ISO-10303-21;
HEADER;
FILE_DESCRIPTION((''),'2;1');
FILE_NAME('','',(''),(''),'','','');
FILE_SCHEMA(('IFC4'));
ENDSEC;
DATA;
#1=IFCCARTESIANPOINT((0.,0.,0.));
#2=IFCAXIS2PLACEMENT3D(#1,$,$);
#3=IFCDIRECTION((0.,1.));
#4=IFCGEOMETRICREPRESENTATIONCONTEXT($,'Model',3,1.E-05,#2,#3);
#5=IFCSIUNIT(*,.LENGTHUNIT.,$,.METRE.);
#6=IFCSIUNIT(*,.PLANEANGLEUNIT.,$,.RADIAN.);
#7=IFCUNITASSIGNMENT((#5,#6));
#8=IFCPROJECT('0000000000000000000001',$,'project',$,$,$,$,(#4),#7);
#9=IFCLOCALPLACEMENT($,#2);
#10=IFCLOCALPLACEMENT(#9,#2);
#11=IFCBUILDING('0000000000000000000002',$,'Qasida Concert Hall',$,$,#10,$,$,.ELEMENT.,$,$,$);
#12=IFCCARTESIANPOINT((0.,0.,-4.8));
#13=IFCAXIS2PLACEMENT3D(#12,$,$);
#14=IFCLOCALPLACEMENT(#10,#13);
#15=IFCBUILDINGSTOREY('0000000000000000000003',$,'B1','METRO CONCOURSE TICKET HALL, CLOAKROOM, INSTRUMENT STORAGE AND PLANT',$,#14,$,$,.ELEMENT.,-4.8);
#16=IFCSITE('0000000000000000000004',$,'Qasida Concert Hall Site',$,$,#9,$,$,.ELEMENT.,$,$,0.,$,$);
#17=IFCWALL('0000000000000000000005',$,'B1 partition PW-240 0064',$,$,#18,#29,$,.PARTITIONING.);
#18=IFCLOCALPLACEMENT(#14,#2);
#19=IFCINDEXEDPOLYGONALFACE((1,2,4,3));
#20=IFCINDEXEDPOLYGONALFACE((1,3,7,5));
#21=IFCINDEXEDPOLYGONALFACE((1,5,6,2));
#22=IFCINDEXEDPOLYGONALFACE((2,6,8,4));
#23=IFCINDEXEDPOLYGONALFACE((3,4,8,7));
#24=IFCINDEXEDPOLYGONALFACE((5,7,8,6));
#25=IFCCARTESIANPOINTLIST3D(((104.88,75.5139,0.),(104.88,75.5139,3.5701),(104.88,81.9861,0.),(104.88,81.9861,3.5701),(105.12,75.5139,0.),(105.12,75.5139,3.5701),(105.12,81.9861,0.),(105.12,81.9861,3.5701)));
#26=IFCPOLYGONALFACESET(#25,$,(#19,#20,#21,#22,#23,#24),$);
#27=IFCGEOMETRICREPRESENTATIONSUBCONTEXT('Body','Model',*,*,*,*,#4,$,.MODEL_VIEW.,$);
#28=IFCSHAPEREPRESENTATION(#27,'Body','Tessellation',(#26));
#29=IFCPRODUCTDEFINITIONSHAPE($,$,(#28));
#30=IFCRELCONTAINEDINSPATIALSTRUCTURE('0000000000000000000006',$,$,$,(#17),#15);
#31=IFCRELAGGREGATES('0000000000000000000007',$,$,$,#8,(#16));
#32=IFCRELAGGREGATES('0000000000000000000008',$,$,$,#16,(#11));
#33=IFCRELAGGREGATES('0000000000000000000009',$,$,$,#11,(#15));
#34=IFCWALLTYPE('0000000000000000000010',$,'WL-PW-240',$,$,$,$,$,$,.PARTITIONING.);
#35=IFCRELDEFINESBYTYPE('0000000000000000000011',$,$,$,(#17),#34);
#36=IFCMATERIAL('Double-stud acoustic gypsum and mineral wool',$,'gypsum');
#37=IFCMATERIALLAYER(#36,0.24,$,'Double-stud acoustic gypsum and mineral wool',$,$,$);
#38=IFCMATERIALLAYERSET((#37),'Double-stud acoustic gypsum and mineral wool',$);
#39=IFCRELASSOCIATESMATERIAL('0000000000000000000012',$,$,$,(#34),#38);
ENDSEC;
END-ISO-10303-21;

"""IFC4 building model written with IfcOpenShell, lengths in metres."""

from ifc_helpers import new_model, si_unit, direction, frame, frame_2d, origin, place, context, subcontext, project, spatial, rectangle, extrude, material, layer, layer_set, type_object, element, save


model = new_model("IFC4")

# Units and contexts
model_context = context("Model", 3, precision=1e-05, world=origin(), true_north=direction((0.0, 1.0)))
body_context = subcontext(model_context, "Body", "Model", "MODEL_VIEW")
ifc_project = project(units=[si_unit("LENGTHUNIT", "METRE"), si_unit("PLANEANGLEUNIT", "RADIAN")], contexts=[model_context])

# Site, building, storey
site_placement = place(None, origin())
site = spatial("IfcSite", under=ifc_project, at=site_placement, Name="Qasida Concert Hall Site", CompositionType="ELEMENT", RefElevation=0.0)
building_placement = place(site_placement, origin())
building = spatial("IfcBuilding", under=site, at=building_placement, Name="Qasida Concert Hall", CompositionType="ELEMENT")
storey_placement = place(building_placement, frame((0.0, 0.0, -4.8)))
storey = spatial("IfcBuildingStorey", under=building, at=storey_placement, Name="B1", Description="METRO CONCOURSE TICKET HALL, CLOAKROOM, INSTRUMENT STORAGE AND PLANT", CompositionType="ELEMENT", Elevation=-4.8)

# Wall
ifc_material_1 = material(Name="Double-stud acoustic gypsum and mineral wool", Category="gypsum")
ifc_layer = layer(ifc_material_1, 0.24, Name="Double-stud acoustic gypsum and mineral wool")
ifc_layer_set = layer_set([ifc_layer], Name="Double-stud acoustic gypsum and mineral wool")
wall_type = type_object("IfcWallType", Name="WL-PW-240", PredefinedType="PARTITIONING", material=ifc_layer_set)
wall_placement = place(storey_placement, frame((105.0, 75.5139, 0.0), z_axis=(0.0, 0.0, 1.0), x_axis=(0.0, 1.0, 0.0)))
element("IfcWall", 1, at=wall_placement, inside=storey, type_object=wall_type, Name="B1 partition PW-240 0064", PredefinedType="PARTITIONING", context=body_context, shape_type="SweptSolid", body=[
    extrude(rectangle(XDim=6.4722, YDim=0.24, at=frame_2d((3.2361, 0.0))), origin(), (0.0, 0.0, 1.0), 3.5701),
])

save(model, "model.ifc")
